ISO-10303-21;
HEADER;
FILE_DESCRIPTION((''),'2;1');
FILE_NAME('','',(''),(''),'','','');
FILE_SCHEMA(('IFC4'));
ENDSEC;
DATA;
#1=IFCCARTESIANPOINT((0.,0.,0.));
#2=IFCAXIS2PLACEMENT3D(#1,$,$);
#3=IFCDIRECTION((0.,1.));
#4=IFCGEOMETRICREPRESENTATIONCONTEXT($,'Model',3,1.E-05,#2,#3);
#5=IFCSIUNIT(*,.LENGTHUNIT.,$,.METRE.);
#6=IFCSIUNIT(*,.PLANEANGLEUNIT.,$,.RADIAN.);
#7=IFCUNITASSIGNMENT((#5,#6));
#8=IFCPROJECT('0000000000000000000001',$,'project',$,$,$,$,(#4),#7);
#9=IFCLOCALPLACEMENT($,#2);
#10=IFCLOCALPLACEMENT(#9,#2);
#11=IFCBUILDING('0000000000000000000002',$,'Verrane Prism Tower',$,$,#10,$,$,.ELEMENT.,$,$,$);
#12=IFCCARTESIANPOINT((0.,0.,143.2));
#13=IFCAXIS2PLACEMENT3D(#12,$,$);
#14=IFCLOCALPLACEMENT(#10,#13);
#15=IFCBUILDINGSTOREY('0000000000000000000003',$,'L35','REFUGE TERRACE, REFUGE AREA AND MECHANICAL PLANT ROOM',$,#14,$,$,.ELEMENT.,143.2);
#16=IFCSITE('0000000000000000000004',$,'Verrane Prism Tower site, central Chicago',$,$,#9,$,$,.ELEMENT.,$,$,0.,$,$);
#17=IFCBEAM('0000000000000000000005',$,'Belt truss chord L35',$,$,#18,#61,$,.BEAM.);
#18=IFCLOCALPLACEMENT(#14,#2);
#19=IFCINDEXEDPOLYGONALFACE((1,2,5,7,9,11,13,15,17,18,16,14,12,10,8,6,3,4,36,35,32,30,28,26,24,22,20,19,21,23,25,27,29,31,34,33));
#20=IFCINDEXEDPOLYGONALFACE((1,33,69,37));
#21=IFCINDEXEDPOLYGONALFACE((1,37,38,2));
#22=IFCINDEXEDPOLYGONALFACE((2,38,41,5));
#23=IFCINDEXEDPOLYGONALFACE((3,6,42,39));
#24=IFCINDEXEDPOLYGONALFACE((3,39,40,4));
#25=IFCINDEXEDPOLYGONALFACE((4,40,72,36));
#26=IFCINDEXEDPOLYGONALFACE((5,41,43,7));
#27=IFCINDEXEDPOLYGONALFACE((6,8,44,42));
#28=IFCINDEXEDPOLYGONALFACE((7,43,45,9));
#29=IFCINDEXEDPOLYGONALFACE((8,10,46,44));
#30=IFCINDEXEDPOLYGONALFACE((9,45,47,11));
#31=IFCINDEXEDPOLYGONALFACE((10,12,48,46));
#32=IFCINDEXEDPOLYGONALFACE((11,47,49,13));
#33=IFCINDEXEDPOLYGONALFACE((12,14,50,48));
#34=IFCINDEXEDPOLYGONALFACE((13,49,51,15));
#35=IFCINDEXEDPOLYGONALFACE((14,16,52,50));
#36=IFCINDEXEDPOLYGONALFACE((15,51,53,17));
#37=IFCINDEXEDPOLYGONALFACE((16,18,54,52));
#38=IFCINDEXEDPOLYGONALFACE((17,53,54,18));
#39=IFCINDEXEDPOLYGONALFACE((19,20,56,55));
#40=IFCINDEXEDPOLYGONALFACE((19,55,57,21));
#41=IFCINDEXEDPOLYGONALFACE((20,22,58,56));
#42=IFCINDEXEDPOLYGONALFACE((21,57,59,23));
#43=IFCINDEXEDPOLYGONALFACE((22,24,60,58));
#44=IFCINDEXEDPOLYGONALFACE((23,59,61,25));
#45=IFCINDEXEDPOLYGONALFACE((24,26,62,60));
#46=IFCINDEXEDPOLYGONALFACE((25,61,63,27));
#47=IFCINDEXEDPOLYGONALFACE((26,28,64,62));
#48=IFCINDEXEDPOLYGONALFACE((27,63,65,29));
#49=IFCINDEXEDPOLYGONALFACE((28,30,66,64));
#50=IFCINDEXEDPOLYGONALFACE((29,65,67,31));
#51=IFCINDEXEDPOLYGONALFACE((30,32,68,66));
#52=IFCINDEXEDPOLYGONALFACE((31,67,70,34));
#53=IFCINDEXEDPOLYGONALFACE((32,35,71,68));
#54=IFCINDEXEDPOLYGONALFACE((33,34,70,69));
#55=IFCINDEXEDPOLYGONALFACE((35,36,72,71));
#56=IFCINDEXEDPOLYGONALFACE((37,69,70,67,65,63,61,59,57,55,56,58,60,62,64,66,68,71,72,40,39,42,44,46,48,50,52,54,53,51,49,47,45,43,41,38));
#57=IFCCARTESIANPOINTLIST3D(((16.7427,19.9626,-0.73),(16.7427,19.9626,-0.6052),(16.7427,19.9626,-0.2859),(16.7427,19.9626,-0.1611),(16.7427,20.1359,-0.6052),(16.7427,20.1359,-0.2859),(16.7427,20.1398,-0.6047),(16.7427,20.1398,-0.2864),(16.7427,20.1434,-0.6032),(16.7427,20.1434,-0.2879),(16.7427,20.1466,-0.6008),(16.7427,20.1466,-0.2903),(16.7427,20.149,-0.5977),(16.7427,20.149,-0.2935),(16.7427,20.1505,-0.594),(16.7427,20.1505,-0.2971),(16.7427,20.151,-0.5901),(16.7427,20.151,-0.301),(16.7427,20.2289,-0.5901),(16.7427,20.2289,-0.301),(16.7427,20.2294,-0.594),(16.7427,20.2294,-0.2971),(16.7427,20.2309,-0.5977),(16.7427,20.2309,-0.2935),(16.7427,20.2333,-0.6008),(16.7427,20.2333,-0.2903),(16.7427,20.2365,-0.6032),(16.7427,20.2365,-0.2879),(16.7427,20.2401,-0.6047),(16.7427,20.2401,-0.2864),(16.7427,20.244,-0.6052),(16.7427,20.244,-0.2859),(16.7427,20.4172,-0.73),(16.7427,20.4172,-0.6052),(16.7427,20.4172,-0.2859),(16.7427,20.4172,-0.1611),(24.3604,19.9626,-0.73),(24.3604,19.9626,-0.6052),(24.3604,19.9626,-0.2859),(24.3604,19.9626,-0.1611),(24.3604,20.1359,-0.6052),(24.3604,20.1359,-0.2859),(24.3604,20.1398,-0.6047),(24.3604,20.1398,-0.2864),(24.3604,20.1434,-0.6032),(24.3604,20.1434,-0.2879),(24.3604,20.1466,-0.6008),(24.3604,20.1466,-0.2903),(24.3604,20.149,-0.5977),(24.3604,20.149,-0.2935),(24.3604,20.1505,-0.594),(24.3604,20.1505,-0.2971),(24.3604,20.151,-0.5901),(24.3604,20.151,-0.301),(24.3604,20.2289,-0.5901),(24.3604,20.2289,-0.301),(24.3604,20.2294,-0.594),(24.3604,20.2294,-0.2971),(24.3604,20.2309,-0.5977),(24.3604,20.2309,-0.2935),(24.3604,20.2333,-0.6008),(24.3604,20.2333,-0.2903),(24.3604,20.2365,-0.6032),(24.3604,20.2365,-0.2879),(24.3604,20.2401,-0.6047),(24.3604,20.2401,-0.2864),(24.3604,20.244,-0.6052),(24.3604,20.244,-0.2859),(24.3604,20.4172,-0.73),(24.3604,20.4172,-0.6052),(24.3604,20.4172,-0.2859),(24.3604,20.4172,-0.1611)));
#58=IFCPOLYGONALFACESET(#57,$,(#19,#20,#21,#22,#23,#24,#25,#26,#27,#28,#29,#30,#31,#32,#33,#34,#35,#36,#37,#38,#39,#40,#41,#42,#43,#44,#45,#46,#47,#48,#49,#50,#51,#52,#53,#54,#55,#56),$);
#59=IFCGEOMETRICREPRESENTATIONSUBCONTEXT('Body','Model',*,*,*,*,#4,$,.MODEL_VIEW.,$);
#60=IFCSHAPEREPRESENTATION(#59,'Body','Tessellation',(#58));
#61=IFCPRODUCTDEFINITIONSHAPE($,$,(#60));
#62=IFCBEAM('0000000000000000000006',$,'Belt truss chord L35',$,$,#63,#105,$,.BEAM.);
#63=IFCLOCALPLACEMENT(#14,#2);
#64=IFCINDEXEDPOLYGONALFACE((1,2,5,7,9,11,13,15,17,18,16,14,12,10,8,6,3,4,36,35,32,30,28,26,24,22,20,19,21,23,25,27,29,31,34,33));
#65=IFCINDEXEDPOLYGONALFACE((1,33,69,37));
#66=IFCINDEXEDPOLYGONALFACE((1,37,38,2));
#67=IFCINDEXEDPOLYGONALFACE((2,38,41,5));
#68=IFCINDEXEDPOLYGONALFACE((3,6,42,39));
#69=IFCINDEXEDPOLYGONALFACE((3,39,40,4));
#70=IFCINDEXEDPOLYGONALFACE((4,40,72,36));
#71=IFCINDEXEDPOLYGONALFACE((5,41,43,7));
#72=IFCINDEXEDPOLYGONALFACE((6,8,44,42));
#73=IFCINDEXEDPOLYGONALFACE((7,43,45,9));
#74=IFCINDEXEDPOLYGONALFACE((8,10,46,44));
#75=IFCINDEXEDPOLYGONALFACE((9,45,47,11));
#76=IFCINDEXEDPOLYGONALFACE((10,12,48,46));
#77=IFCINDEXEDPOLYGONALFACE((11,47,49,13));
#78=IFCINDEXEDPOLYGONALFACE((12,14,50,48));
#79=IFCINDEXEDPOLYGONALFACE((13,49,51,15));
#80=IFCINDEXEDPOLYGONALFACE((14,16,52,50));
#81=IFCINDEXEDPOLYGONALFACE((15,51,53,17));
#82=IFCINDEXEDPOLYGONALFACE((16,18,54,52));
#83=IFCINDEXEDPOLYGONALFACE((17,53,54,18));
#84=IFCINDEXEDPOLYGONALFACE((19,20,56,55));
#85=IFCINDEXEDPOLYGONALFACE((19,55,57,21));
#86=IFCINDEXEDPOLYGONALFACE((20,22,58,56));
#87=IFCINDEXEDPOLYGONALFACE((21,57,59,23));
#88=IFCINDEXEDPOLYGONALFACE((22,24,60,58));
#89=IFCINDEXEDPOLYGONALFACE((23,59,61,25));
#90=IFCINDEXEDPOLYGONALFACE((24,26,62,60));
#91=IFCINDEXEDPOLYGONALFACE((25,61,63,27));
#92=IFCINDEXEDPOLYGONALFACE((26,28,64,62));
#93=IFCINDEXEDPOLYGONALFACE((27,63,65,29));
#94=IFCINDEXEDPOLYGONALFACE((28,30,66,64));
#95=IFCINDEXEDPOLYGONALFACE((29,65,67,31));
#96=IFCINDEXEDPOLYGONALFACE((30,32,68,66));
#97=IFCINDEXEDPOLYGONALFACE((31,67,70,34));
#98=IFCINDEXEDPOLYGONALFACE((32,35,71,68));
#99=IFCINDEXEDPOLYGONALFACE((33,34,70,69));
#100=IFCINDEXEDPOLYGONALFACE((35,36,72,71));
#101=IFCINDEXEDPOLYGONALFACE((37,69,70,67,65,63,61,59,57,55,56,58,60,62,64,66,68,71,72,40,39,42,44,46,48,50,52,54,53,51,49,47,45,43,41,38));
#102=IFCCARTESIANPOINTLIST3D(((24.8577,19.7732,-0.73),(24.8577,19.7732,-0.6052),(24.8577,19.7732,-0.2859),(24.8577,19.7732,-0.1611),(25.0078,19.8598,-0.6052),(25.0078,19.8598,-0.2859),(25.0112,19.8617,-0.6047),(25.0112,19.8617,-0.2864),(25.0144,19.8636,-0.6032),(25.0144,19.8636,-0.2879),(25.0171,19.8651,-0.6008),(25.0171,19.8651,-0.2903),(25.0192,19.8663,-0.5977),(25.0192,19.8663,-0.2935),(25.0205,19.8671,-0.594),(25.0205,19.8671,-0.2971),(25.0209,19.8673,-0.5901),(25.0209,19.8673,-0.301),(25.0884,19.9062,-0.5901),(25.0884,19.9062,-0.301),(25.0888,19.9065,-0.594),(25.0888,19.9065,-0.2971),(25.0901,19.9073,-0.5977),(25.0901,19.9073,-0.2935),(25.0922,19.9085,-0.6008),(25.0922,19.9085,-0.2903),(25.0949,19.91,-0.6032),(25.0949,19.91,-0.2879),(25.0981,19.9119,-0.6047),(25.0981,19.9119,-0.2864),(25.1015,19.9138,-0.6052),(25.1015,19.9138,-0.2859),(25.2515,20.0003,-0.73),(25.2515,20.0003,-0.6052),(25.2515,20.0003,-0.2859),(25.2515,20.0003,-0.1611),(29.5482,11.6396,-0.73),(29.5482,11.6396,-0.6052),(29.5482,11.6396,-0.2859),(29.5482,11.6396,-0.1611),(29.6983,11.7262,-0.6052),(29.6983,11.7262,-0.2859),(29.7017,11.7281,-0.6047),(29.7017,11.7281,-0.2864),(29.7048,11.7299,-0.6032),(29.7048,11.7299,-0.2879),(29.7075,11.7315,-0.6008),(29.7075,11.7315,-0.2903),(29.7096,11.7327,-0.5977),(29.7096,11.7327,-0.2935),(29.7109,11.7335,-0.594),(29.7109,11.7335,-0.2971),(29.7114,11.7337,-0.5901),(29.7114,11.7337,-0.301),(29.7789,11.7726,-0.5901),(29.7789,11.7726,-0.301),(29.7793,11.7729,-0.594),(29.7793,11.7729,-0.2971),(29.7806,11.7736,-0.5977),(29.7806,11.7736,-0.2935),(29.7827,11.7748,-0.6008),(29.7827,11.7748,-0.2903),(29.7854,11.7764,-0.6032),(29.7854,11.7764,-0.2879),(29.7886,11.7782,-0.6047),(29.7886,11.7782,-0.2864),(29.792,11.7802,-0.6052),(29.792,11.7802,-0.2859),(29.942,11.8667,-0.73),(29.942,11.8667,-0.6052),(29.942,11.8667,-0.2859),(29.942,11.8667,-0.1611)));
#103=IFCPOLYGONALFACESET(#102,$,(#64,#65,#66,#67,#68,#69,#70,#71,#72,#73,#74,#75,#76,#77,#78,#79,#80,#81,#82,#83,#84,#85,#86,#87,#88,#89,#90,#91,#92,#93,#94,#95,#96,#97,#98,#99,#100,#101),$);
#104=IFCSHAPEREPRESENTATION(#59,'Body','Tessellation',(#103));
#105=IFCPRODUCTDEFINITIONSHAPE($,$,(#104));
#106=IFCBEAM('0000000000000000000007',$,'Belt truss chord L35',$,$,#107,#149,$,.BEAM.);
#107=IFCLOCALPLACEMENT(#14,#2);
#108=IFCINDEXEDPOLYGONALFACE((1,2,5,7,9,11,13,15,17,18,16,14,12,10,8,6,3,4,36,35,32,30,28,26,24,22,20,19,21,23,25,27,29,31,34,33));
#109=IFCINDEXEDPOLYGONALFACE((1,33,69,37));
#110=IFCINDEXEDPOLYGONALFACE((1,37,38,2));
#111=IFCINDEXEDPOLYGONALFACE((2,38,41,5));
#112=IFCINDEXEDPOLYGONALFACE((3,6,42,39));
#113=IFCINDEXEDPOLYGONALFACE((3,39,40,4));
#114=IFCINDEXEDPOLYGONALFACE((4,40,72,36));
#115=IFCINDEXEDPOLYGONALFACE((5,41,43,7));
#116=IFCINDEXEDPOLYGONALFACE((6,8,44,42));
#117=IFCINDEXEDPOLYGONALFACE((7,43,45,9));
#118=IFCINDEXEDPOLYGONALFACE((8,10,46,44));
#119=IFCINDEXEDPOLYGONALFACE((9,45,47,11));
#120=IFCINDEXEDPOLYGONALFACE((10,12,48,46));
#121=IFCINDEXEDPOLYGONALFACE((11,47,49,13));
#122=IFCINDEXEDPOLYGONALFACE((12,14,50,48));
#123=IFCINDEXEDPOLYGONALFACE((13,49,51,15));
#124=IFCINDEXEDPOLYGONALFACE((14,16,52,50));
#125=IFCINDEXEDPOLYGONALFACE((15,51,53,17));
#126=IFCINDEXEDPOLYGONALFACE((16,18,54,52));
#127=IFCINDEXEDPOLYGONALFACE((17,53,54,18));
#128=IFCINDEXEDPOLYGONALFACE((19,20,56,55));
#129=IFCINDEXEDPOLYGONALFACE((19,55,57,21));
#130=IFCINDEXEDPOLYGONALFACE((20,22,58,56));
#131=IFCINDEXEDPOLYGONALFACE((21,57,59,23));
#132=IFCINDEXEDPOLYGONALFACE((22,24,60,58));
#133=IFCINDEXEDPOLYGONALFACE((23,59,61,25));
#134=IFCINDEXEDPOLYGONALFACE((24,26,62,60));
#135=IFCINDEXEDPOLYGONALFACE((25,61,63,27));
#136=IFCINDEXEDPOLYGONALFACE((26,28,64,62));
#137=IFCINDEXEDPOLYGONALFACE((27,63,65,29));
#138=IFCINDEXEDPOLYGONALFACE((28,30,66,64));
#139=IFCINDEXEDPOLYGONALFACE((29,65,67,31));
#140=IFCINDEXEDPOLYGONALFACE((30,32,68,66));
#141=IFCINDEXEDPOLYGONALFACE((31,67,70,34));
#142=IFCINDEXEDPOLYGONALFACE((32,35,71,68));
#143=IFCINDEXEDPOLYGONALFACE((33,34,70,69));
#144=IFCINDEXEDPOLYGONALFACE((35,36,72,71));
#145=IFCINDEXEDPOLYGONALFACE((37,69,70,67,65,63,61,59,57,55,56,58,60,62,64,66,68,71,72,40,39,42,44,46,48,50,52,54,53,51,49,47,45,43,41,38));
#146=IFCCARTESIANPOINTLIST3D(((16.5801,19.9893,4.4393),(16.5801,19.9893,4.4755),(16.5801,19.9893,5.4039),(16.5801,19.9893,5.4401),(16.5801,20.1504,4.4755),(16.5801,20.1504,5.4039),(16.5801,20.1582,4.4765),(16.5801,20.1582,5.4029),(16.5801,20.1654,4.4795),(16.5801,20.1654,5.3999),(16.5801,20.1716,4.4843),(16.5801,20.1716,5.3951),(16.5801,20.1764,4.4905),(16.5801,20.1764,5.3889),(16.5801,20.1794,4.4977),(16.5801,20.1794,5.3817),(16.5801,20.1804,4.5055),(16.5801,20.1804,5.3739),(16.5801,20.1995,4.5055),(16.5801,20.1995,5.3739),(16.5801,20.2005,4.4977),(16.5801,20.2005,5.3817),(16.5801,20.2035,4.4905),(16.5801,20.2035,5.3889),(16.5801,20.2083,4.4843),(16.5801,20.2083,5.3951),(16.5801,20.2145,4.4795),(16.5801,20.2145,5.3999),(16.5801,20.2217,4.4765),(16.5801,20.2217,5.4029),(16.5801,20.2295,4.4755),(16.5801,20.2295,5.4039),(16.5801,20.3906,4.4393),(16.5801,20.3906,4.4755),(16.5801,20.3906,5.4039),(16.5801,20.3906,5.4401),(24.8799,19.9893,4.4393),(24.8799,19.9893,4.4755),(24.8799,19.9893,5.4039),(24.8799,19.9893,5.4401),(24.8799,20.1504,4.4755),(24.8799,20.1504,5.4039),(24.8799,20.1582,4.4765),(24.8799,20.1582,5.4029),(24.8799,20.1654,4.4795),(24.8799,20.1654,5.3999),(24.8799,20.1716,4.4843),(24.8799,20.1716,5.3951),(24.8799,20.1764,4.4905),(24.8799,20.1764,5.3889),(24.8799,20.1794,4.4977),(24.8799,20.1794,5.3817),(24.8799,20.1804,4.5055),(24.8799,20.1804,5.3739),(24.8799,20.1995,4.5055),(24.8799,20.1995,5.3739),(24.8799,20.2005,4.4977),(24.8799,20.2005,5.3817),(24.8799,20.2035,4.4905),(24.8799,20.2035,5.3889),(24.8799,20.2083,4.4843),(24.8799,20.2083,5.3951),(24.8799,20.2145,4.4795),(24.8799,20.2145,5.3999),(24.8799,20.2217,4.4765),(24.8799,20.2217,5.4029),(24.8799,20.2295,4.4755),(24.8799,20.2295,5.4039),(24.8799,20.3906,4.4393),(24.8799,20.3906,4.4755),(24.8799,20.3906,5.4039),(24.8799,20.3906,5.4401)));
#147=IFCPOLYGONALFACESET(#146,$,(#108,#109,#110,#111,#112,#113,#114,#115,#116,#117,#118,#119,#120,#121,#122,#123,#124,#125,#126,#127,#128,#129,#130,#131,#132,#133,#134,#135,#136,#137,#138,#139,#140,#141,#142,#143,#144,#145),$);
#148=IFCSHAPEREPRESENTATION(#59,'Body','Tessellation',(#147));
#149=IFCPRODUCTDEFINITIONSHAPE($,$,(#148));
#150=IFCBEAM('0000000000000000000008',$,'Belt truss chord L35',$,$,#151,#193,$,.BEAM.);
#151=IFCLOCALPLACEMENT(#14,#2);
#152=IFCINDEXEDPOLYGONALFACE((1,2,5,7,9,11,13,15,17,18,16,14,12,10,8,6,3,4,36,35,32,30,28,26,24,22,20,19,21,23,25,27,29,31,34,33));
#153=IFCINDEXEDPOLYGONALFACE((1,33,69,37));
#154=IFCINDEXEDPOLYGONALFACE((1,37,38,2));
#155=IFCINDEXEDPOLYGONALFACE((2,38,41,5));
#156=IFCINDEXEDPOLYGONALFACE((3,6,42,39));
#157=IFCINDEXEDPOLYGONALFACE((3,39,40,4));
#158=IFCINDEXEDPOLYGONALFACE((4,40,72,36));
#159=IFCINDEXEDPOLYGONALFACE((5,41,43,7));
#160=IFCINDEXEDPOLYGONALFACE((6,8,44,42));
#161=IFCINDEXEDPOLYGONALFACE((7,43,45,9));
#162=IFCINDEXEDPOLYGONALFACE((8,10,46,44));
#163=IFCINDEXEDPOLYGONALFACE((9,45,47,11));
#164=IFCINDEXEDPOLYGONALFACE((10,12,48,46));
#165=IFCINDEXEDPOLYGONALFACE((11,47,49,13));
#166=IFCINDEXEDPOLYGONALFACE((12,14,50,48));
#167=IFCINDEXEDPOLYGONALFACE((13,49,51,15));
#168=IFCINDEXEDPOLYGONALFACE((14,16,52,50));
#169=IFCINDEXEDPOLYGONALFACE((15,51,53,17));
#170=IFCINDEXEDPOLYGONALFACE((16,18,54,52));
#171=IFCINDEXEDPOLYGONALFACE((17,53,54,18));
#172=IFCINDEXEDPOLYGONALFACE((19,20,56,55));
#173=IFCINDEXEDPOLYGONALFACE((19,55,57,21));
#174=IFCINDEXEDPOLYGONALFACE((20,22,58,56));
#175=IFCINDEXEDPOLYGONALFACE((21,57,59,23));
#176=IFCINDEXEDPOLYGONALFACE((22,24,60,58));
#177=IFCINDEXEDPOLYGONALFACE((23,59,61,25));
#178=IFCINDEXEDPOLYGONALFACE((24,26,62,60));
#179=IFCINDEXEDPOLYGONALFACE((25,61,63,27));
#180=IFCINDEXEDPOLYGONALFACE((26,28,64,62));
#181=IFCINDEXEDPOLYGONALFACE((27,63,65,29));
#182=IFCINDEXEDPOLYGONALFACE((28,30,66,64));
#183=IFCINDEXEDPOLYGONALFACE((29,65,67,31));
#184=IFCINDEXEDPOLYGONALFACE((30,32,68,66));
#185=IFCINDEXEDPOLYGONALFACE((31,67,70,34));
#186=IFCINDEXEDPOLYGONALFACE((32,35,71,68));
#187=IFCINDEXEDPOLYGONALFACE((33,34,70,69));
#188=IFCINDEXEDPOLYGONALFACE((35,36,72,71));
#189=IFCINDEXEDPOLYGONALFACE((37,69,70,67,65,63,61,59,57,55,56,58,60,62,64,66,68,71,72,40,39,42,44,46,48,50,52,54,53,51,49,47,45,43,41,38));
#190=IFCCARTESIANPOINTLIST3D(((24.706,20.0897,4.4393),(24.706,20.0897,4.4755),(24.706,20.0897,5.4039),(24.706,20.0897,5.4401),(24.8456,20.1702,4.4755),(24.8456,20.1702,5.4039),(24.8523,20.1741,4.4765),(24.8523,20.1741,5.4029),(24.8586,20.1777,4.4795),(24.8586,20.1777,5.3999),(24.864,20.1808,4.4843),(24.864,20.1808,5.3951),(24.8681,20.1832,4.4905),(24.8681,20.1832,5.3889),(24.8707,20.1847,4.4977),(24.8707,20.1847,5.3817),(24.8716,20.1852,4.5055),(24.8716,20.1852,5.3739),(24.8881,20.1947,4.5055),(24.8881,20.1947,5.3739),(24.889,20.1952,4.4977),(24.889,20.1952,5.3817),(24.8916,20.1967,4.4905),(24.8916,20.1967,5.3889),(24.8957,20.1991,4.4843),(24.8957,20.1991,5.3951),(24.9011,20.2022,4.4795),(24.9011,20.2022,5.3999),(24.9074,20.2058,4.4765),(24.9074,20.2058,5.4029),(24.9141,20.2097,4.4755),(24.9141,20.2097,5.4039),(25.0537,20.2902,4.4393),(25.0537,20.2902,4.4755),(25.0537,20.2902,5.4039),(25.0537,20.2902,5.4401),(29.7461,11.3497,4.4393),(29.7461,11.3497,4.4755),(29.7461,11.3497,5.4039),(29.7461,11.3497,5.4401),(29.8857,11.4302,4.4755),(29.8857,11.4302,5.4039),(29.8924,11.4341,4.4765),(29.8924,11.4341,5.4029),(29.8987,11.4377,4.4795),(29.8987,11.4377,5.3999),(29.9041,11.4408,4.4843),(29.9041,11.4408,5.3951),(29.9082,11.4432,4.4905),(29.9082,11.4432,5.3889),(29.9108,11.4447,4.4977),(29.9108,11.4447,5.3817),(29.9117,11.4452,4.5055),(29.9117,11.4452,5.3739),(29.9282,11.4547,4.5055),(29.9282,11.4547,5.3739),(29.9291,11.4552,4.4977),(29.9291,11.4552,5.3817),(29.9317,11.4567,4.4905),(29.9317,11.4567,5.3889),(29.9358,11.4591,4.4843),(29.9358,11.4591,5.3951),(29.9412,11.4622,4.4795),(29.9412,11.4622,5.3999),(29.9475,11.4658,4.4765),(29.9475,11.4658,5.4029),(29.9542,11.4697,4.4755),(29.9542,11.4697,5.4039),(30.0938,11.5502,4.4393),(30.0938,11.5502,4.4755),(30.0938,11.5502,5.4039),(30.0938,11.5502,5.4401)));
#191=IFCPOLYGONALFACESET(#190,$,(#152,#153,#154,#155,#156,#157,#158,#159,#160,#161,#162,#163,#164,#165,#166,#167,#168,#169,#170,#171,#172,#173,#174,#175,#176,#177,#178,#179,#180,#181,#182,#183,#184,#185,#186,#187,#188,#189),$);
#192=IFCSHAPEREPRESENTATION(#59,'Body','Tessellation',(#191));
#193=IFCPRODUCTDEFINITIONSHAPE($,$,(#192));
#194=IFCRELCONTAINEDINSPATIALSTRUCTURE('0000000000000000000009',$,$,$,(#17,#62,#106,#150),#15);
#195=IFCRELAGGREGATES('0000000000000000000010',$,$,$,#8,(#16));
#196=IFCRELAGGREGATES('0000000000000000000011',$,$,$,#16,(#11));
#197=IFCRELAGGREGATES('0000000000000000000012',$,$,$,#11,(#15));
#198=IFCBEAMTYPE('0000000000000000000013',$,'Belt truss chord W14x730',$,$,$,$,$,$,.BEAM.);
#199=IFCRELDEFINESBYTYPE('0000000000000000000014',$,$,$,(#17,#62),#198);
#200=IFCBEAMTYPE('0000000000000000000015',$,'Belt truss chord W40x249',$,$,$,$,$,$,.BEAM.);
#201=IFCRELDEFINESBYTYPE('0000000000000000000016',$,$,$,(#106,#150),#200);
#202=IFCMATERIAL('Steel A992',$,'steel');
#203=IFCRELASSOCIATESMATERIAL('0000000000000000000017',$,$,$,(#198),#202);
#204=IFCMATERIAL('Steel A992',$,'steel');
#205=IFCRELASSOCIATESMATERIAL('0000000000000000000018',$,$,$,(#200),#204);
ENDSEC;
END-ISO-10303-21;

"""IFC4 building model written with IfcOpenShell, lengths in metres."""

from ifc_helpers import new_model, si_unit, direction, frame, origin, origin_2d, place, context, subcontext, project, spatial, i_section, extrude, material, material_profile, profile_set, type_object, element, save


model = new_model("IFC4")

# Units and contexts
model_context = context("Model", 3, precision=1e-05, world=origin(), true_north=direction((0.0, 1.0)))
body_context = subcontext(model_context, "Body", "Model", "MODEL_VIEW")
ifc_project = project(units=[si_unit("LENGTHUNIT", "METRE"), si_unit("PLANEANGLEUNIT", "RADIAN")], contexts=[model_context])

# Site, building, storey
site_placement = place(None, origin())
site = spatial("IfcSite", under=ifc_project, at=site_placement, Name="Verrane Prism Tower site, central Chicago", CompositionType="ELEMENT", RefElevation=0.0)
building_placement = place(site_placement, origin())
building = spatial("IfcBuilding", under=site, at=building_placement, Name="Verrane Prism Tower", CompositionType="ELEMENT")
storey_placement = place(building_placement, frame((0.0, 0.0, 143.2)))
storey = spatial("IfcBuildingStorey", under=building, at=storey_placement, Name="L35", Description="REFUGE TERRACE, REFUGE AREA AND MECHANICAL PLANT ROOM", CompositionType="ELEMENT", Elevation=143.2)

# Beams
ifc_material_1 = material(Name="Steel A992", Category="steel")
ifc_material_profile_1 = material_profile(ifc_material_1, i_section(OverallWidth=0.4546, OverallDepth=0.5688, WebThickness=0.0779, FlangeThickness=0.1248, FilletRadius=0.0151, at=origin_2d()), Name="W14x730")
ifc_profile_set_1 = profile_set([ifc_material_profile_1], Name="Steel A992")
beam_type_1 = type_object("IfcBeamType", Name="Belt truss chord W14x730", PredefinedType="BEAM", material=ifc_profile_set_1)
beam_1_placement = place(storey_placement, frame((24.3604, 20.1899, -0.4456), z_axis=(-1.0, 0.0, 0.0), x_axis=(0.0, -1.0, 0.0)))
element("IfcBeam", 1, at=beam_1_placement, inside=storey, type_object=beam_type_1, Name="Belt truss chord L35", PredefinedType="BEAM", context=body_context, shape_type="SweptSolid", body=[
    extrude(i_section(OverallWidth=0.4546, OverallDepth=0.5688, WebThickness=0.0779, FlangeThickness=0.1248, FilletRadius=0.0151, at=origin_2d()), origin(), (0.0, 0.0, 1.0), 7.6177),
])
beam_2_placement = place(storey_placement, frame((29.7451, 11.7532, -0.4456), z_axis=(-0.499563, 0.866278, 0.0), x_axis=(-0.866278, -0.499563, 0.0)))
element("IfcBeam", 2, at=beam_2_placement, inside=storey, type_object=beam_type_1, Name="Belt truss chord L35", PredefinedType="BEAM", context=body_context, shape_type="SweptSolid", body=[
    extrude(i_section(OverallWidth=0.4546, OverallDepth=0.5688, WebThickness=0.0779, FlangeThickness=0.1248, FilletRadius=0.0151, at=origin_2d()), origin(), (0.0, 0.0, 1.0), 9.3892),
])
ifc_material_2 = material(Name="Steel A992", Category="steel")
ifc_material_profile_2 = material_profile(ifc_material_2, i_section(OverallWidth=0.4014, OverallDepth=1.0007, WebThickness=0.019, FlangeThickness=0.0361, FilletRadius=0.03, at=origin_2d()), Name="W40x249")
ifc_profile_set_2 = profile_set([ifc_material_profile_2], Name="Steel A992")
beam_type_2 = type_object("IfcBeamType", Name="Belt truss chord W40x249", PredefinedType="BEAM", material=ifc_profile_set_2)
beam_3_placement = place(storey_placement, frame((24.8799, 20.1899, 4.9397), z_axis=(-1.0, 0.0, 0.0), x_axis=(0.0, -1.0, 0.0)))
element("IfcBeam", 3, at=beam_3_placement, inside=storey, type_object=beam_type_2, Name="Belt truss chord L35", PredefinedType="BEAM", context=body_context, shape_type="SweptSolid", body=[
    extrude(i_section(OverallWidth=0.4014, OverallDepth=1.0007, WebThickness=0.019, FlangeThickness=0.0361, FilletRadius=0.03, at=origin_2d()), origin(), (0.0, 0.0, 1.0), 8.2998),
])
beam_4_placement = place(storey_placement, frame((29.9199, 11.45, 4.9397), z_axis=(-0.499554, 0.866283, 0.0), x_axis=(-0.866283, -0.499554, 0.0)))
element("IfcBeam", 4, at=beam_4_placement, inside=storey, type_object=beam_type_2, Name="Belt truss chord L35", PredefinedType="BEAM", context=body_context, shape_type="SweptSolid", body=[
    extrude(i_section(OverallWidth=0.4014, OverallDepth=1.0007, WebThickness=0.019, FlangeThickness=0.0361, FilletRadius=0.03, at=origin_2d()), origin(), (0.0, 0.0, 1.0), 10.0891),
])

save(model, "model.ifc")
